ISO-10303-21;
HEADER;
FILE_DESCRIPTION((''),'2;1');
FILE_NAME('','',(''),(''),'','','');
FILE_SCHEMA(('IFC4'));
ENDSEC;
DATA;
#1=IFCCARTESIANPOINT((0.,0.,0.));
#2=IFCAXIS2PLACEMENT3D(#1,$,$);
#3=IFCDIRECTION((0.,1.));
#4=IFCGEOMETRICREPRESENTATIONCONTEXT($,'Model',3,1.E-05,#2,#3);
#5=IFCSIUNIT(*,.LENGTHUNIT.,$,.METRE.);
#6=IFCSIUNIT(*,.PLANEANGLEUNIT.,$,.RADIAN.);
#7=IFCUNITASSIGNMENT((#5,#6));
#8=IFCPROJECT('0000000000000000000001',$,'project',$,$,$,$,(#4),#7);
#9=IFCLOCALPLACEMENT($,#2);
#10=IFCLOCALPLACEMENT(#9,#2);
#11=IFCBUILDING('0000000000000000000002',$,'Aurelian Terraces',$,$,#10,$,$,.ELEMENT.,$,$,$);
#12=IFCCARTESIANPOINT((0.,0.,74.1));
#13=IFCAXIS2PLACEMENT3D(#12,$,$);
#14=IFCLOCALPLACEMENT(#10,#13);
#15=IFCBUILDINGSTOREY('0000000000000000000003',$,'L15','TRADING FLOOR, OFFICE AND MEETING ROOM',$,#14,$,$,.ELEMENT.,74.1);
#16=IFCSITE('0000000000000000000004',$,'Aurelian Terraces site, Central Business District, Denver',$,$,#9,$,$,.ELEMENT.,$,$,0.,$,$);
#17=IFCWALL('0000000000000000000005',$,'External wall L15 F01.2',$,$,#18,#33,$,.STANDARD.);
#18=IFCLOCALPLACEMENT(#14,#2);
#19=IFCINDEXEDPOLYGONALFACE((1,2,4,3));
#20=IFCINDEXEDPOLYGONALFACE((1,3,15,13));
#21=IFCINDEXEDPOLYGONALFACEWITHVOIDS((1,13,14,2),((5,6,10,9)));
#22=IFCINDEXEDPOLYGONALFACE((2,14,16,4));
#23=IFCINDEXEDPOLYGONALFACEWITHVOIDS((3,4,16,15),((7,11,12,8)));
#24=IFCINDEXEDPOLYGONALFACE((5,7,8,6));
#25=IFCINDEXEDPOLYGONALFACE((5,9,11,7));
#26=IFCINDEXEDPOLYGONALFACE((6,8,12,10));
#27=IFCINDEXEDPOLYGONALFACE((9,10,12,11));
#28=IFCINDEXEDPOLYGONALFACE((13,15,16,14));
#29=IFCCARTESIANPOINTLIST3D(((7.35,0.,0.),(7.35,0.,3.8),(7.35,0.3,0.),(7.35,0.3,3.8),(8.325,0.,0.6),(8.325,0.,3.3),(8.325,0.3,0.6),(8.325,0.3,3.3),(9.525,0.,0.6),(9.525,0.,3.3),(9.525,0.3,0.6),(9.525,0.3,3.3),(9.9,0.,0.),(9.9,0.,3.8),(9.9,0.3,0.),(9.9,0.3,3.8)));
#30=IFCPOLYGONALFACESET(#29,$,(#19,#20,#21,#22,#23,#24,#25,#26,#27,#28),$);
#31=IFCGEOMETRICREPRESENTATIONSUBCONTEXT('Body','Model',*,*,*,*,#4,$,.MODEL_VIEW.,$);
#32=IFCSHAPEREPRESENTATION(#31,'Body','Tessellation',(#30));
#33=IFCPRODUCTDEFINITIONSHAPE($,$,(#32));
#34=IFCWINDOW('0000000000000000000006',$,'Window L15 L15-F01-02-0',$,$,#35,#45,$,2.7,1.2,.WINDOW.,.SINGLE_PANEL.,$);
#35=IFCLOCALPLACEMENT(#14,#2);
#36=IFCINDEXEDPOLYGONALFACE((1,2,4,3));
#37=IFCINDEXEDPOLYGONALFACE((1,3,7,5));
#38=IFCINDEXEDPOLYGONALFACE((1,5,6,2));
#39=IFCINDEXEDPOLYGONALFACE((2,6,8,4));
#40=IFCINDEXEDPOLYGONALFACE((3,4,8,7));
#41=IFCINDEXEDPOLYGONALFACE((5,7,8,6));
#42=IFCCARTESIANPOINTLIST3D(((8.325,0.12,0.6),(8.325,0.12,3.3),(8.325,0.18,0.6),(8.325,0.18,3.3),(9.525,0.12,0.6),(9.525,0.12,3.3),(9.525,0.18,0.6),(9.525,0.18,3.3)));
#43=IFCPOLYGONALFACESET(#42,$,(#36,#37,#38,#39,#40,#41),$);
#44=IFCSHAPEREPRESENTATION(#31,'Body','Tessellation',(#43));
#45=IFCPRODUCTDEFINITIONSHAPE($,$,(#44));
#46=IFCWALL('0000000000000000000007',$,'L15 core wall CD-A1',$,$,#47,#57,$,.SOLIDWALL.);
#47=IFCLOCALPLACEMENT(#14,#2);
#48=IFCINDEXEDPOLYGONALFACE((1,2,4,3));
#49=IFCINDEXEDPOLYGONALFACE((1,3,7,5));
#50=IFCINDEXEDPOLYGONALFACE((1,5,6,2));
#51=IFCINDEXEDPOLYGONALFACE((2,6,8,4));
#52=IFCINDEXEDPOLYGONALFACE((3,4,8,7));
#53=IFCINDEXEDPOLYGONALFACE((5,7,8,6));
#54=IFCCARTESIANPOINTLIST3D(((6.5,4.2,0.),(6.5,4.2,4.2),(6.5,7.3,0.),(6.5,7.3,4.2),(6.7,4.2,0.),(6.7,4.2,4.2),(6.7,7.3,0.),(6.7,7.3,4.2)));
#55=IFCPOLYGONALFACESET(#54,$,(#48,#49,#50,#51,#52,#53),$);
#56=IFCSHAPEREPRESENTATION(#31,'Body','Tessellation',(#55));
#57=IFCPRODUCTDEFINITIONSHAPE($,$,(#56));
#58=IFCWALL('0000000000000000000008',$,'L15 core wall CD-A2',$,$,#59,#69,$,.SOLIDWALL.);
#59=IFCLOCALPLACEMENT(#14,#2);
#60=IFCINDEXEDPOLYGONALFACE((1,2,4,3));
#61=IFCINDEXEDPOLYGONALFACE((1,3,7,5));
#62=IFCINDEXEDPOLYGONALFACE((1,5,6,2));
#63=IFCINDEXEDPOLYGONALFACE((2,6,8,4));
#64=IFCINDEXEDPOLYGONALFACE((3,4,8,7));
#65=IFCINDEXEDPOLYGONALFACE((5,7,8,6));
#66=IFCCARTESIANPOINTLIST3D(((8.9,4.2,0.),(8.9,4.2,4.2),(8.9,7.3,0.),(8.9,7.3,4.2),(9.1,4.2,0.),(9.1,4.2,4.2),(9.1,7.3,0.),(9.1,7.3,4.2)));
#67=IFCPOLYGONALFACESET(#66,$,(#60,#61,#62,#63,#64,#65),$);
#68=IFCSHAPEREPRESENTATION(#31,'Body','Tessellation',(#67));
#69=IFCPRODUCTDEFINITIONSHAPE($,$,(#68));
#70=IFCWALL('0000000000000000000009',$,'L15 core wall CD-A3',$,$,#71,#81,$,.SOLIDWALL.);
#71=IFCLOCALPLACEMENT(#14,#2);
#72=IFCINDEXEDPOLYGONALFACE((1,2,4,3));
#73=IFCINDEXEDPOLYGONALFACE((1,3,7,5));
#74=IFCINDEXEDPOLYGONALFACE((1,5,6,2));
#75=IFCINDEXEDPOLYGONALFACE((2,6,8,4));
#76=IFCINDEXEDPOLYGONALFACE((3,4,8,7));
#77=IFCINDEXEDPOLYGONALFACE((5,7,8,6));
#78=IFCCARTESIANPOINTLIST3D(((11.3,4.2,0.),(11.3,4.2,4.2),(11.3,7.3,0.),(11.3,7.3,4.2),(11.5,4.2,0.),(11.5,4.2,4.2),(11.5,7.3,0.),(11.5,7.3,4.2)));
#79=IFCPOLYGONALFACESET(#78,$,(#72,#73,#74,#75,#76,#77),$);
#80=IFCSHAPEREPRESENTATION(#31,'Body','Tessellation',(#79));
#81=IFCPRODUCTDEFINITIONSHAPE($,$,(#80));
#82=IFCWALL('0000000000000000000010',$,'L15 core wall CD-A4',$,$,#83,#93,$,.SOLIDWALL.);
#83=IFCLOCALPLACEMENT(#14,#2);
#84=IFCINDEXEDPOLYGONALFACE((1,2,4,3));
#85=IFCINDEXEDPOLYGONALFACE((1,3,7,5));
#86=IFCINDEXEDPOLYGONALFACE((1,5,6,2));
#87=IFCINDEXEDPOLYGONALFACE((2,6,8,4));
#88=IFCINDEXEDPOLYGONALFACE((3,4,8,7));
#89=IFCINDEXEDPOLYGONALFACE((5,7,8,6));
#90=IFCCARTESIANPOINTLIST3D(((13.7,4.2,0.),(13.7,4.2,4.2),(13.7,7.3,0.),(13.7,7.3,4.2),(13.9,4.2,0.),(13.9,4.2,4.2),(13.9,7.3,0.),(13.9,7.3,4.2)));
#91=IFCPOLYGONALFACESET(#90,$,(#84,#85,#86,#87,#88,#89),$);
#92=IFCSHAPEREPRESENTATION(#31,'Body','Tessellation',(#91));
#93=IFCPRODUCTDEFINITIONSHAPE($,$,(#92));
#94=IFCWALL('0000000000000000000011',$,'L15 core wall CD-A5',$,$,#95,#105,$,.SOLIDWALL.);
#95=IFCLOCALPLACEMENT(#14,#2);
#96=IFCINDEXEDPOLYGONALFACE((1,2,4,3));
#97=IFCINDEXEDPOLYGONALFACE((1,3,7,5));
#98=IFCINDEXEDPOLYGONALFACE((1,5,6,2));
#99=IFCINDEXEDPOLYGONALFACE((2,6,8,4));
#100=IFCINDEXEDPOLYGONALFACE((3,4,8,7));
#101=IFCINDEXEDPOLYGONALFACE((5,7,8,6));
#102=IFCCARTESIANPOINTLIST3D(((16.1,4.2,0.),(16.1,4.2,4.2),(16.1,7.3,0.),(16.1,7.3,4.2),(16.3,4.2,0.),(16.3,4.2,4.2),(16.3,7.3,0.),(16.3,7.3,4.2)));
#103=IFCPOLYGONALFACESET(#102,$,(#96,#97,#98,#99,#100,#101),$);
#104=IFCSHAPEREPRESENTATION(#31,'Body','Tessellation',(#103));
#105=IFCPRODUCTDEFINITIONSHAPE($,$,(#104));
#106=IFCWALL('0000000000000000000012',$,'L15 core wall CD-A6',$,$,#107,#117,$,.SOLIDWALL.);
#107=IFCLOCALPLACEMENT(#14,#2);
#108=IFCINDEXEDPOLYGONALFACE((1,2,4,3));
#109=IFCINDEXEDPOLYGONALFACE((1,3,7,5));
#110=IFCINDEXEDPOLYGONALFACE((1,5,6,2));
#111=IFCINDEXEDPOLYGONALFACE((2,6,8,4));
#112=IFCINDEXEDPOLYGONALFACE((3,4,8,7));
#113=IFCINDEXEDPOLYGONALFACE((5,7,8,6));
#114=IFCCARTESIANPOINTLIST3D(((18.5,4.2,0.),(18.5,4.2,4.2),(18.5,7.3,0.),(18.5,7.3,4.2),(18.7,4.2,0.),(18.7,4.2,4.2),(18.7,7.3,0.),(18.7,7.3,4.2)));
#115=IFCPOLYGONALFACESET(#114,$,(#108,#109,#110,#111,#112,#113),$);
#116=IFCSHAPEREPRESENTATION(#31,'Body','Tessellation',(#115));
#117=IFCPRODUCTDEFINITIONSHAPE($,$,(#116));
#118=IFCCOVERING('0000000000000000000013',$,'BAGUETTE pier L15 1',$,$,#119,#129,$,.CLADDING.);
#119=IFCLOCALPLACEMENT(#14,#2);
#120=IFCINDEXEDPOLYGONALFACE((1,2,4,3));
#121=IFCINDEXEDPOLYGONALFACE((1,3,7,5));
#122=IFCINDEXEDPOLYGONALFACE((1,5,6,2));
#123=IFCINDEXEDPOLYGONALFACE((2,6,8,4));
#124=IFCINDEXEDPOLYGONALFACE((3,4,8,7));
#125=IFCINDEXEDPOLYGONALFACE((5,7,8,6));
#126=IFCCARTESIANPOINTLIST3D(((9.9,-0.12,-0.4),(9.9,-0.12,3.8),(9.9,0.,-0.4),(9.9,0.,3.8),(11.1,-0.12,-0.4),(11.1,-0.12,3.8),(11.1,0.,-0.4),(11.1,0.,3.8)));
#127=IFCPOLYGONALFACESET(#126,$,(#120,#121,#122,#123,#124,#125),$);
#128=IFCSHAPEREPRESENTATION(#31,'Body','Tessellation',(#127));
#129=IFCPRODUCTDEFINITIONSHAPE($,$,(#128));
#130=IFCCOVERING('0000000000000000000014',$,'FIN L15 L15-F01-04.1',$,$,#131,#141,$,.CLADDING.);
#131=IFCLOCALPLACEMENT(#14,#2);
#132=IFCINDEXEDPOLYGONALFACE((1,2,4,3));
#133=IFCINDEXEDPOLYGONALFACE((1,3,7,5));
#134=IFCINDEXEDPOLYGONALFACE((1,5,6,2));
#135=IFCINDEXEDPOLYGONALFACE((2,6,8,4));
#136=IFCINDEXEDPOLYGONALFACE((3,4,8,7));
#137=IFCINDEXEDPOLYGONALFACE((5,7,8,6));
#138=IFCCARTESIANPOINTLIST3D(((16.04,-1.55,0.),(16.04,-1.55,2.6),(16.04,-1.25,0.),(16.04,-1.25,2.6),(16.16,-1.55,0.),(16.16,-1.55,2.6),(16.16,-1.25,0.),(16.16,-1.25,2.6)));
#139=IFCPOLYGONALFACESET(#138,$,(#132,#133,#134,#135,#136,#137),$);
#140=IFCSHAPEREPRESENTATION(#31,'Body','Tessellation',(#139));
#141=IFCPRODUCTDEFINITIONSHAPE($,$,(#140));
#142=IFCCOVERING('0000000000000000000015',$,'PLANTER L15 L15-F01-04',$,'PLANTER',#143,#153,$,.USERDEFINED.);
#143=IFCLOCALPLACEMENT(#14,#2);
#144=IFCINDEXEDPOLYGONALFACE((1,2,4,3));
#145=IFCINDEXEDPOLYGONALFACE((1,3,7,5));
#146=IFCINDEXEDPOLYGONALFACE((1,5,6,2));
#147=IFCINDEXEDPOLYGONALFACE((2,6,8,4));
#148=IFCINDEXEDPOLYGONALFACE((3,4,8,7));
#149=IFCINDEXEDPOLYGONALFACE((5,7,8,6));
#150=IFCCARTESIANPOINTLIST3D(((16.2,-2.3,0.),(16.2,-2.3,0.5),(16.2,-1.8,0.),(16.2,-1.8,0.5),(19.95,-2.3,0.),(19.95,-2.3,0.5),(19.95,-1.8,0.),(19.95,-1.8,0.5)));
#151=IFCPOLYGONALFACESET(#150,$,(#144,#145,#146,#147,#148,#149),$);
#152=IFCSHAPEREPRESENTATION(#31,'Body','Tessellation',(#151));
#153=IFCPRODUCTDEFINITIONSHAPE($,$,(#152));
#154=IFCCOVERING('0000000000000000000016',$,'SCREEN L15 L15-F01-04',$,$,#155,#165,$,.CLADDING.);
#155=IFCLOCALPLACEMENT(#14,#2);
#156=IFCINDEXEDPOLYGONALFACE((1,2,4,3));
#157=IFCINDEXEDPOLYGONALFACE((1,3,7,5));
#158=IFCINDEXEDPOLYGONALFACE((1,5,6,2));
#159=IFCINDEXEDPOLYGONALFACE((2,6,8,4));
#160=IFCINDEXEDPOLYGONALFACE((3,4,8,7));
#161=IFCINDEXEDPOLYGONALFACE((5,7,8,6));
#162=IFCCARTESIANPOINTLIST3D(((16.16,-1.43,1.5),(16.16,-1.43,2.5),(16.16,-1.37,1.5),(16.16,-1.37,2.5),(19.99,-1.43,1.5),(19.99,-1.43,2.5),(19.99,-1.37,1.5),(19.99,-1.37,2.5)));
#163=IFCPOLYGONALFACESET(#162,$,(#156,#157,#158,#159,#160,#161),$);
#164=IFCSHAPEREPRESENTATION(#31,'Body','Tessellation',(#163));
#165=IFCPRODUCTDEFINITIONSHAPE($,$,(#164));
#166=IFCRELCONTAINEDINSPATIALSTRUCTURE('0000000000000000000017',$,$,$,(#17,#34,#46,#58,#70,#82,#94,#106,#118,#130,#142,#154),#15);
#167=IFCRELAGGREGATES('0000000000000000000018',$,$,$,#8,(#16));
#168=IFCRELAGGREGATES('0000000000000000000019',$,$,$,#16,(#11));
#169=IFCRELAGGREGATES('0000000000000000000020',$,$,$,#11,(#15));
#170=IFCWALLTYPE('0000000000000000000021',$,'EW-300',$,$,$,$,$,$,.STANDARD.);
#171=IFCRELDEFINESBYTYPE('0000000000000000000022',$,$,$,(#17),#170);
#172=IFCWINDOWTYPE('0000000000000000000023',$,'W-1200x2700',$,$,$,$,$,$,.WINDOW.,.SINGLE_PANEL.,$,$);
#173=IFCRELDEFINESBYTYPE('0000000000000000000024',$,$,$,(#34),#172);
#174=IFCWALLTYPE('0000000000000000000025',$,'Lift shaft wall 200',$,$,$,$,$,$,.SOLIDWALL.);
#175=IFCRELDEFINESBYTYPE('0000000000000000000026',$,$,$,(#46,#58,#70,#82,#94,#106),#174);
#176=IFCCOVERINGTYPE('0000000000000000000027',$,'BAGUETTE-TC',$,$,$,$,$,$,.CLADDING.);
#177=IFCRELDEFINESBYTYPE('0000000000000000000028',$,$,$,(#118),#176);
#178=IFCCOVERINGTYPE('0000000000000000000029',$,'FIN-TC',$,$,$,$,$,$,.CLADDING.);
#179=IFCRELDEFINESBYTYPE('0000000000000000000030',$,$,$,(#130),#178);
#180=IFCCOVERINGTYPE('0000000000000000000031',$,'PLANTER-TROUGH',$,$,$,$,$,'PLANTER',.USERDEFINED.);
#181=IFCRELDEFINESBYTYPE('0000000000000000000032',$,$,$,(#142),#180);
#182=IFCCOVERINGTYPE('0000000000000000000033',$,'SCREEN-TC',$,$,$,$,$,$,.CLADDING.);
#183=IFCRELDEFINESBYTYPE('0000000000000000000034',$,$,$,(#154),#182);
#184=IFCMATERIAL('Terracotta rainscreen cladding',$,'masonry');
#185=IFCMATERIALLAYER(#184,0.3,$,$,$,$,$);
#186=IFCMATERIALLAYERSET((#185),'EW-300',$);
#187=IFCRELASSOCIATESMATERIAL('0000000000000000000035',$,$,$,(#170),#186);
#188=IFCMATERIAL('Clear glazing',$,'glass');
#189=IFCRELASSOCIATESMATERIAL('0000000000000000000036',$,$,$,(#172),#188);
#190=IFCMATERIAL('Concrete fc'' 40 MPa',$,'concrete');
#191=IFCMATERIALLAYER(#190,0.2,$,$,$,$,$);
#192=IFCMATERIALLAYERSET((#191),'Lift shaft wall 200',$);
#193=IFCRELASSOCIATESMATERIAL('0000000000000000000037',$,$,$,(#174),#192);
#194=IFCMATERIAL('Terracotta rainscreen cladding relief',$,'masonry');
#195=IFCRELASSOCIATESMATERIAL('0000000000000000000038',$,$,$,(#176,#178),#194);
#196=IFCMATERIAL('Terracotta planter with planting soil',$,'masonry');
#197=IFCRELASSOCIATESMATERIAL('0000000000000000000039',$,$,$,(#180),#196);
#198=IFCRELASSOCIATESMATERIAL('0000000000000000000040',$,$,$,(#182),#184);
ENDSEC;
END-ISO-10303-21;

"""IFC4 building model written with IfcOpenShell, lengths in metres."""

from ifc_helpers import new_model, si_unit, direction, frame, frame_2d, origin, origin_2d, place, context, subcontext, project, spatial, rectangle, extrude, source, transform, mapped, material, layer, layer_set, type_object, element, fill, save


model = new_model("IFC4")

# Units and contexts
model_context = context("Model", 3, precision=1e-05, world=origin(), true_north=direction((0.0, 1.0)))
body_context = subcontext(model_context, "Body", "Model", "MODEL_VIEW")
ifc_project = project(units=[si_unit("LENGTHUNIT", "METRE"), si_unit("PLANEANGLEUNIT", "RADIAN")], contexts=[model_context])

# Site, building, storey
site_placement = place(None, origin())
site = spatial("IfcSite", under=ifc_project, at=site_placement, Name="Aurelian Terraces site, Central Business District, Denver", CompositionType="ELEMENT", RefElevation=0.0)
building_placement = place(site_placement, origin())
building = spatial("IfcBuilding", under=site, at=building_placement, Name="Aurelian Terraces", CompositionType="ELEMENT")
storey_placement = place(building_placement, frame((0.0, 0.0, 74.1)))
storey = spatial("IfcBuildingStorey", under=building, at=storey_placement, Name="L15", Description="TRADING FLOOR, OFFICE AND MEETING ROOM", CompositionType="ELEMENT", Elevation=74.1)

# Shared definitions
ifc_material_1 = material(Name="Terracotta rainscreen cladding", Category="masonry")
ifc_layer_1 = layer(ifc_material_1, 0.3)
ifc_layer_set_1 = layer_set([ifc_layer_1], Name="EW-300")
wall_type_1 = type_object("IfcWallType", Name="EW-300", PredefinedType="STANDARD", material=ifc_layer_set_1)
ifc_material_2 = material(Name="Clear glazing", Category="glass")

# Wall, opening, window
shared_shape_1 = source(origin(), body_context, "Body", "SweptSolid", [
    extrude(rectangle(XDim=1.2, YDim=2.7, at=frame_2d((0.6, 1.35))), frame((0.0, 0.16, 0.0), z_axis=(0.0, -1.0, 0.0), x_axis=(1.0, 0.0, 0.0)), (0.0, 0.0, 1.0), 0.32),
])
window_type_1 = type_object("IfcWindowType", Name="W-1200x2700", PartitioningType="SINGLE_PANEL", PredefinedType="WINDOW", material=ifc_material_2)
shared_shape_2 = source(origin(), body_context, "Body", "SweptSolid", [
    extrude(rectangle(XDim=1.2, YDim=2.7, at=frame_2d((0.6, 1.35))), frame((0.0, 0.03, 0.0), z_axis=(0.0, -1.0, 0.0), x_axis=(1.0, 0.0, 0.0)), (0.0, 0.0, 1.0), 0.06),
])
shared_shape_3 = source(origin(), body_context, "Body", "SweptSolid", [
    extrude(rectangle(XDim=2.55, YDim=0.3, at=frame_2d((1.275, 0.0))), origin(), (0.0, 0.0, 1.0), 3.8),
])
wall_1_placement = place(storey_placement, frame((7.35, 0.15, 0.0), z_axis=(0.0, 0.0, 1.0), x_axis=(1.0, 0.0, 0.0)))
wall_1 = element("IfcWall", 1, at=wall_1_placement, inside=storey, type_object=wall_type_1, Name="External wall L15 F01.2", PredefinedType="STANDARD", context=body_context, shape_type="MappedRepresentation", body=[
    mapped(shared_shape_3, transform((0.0, 0.0, 0.0), scale=1.0)),
])
opening_1_placement = place(wall_1_placement, frame((0.975, 0.0, 0.6)))
opening_1 = element("IfcOpeningElement", 2, at=opening_1_placement, cuts=wall_1, PredefinedType="OPENING", context=body_context, shape_type="MappedRepresentation", body=[
    mapped(shared_shape_1, transform((0.0, 0.0, 0.0), scale=1.0)),
])
window_1_placement = place(opening_1_placement, origin())
window_1 = element("IfcWindow", 3, at=window_1_placement, inside=storey, type_object=window_type_1, Name="Window L15 L15-F01-02-0", OverallHeight=2.7, OverallWidth=1.2, PartitioningType="SINGLE_PANEL", PredefinedType="WINDOW", context=body_context, shape_type="MappedRepresentation", body=[
    mapped(shared_shape_2, transform((0.0, 0.0, 0.0), scale=1.0)),
])
fill(opening_1, window_1)

# Walls
ifc_material_3 = material(Name="Concrete fc' 40 MPa", Category="concrete")
ifc_layer_2 = layer(ifc_material_3, 0.2)
ifc_layer_set_2 = layer_set([ifc_layer_2], Name="Lift shaft wall 200")
wall_type_2 = type_object("IfcWallType", Name="Lift shaft wall 200", PredefinedType="SOLIDWALL", material=ifc_layer_set_2)
shared_shape_4 = source(origin(), body_context, "Body", "SweptSolid", [
    extrude(rectangle(XDim=3.1, YDim=0.2, at=frame_2d((1.55, 0.0))), origin(), (0.0, 0.0, 1.0), 4.2),
])
for number, where, z_axis, x_axis, name in (
    (4, (6.6, 4.2, 0.0), (0.0, 0.0, 1.0), (0.0, 1.0, 0.0), "L15 core wall CD-A1"),
    (5, (9.0, 4.2, 0.0), (0.0, 0.0, 1.0), (0.0, 1.0, 0.0), "L15 core wall CD-A2"),
    (6, (11.4, 4.2, 0.0), (0.0, 0.0, 1.0), (0.0, 1.0, 0.0), "L15 core wall CD-A3"),
    (7, (13.8, 4.2, 0.0), (0.0, 0.0, 1.0), (0.0, 1.0, 0.0), "L15 core wall CD-A4"),
    (8, (16.2, 4.2, 0.0), (0.0, 0.0, 1.0), (0.0, 1.0, 0.0), "L15 core wall CD-A5"),
    (9, (18.6, 4.2, 0.0), (0.0, 0.0, 1.0), (0.0, 1.0, 0.0), "L15 core wall CD-A6"),
):
    element("IfcWall", number, at=place(storey_placement, frame(where, z_axis=z_axis, x_axis=x_axis)), inside=storey, type_object=wall_type_2, Name=name, PredefinedType="SOLIDWALL", context=body_context, shape_type="MappedRepresentation", body=[
        mapped(shared_shape_4, transform((0.0, 0.0, 0.0), scale=1.0)),
    ])

# Coverings
ifc_material_4 = material(Name="Terracotta rainscreen cladding relief", Category="masonry")
covering_type_1 = type_object("IfcCoveringType", Name="BAGUETTE-TC", PredefinedType="CLADDING", material=ifc_material_4)
shared_shape_5 = source(origin(), body_context, "Body", "SweptSolid", [
    extrude(rectangle(XDim=1.2, YDim=0.12, at=origin_2d()), origin(), (0.0, 0.0, 1.0), 4.2),
])
covering_1_placement = place(storey_placement, frame((10.5, -0.06, -0.4), z_axis=(0.0, 0.0, 1.0), x_axis=(1.0, 0.0, 0.0)))
element("IfcCovering", 10, at=covering_1_placement, inside=storey, type_object=covering_type_1, Name="BAGUETTE pier L15 1", PredefinedType="CLADDING", context=body_context, shape_type="MappedRepresentation", body=[
    mapped(shared_shape_5, transform((0.0, 0.0, 0.0), scale=1.0)),
])
covering_type_2 = type_object("IfcCoveringType", Name="FIN-TC", PredefinedType="CLADDING", material=ifc_material_4)
shared_shape_6 = source(origin(), body_context, "Body", "SweptSolid", [
    extrude(rectangle(XDim=0.12, YDim=0.3, at=origin_2d()), origin(), (0.0, 0.0, 1.0), 2.6),
])
covering_2_placement = place(storey_placement, frame((16.1, -1.4, 0.0), z_axis=(0.0, 0.0, 1.0), x_axis=(1.0, 0.0, 0.0)))
element("IfcCovering", 11, at=covering_2_placement, inside=storey, type_object=covering_type_2, Name="FIN L15 L15-F01-04.1", PredefinedType="CLADDING", context=body_context, shape_type="MappedRepresentation", body=[
    mapped(shared_shape_6, transform((0.0, 0.0, 0.0), scale=1.0)),
])

# Coverings
ifc_material_5 = material(Name="Terracotta planter with planting soil", Category="masonry")
covering_type_3 = type_object("IfcCoveringType", Name="PLANTER-TROUGH", ElementType="PLANTER", PredefinedType="USERDEFINED", material=ifc_material_5)
shared_shape_7 = source(origin(), body_context, "Body", "SweptSolid", [
    extrude(rectangle(XDim=3.75, YDim=0.5, at=origin_2d()), origin(), (0.0, 0.0, 1.0), 0.5),
])
covering_3_placement = place(storey_placement, frame((18.075, -2.05, 0.0), z_axis=(0.0, 0.0, 1.0), x_axis=(1.0, 0.0, 0.0)))
element("IfcCovering", 12, at=covering_3_placement, inside=storey, type_object=covering_type_3, Name="PLANTER L15 L15-F01-04", ObjectType="PLANTER", PredefinedType="USERDEFINED", context=body_context, shape_type="MappedRepresentation", body=[
    mapped(shared_shape_7, transform((0.0, 0.0, 0.0), scale=1.0)),
])
covering_type_4 = type_object("IfcCoveringType", Name="SCREEN-TC", PredefinedType="CLADDING", material=ifc_material_1)
shared_shape_8 = source(origin(), body_context, "Body", "SweptSolid", [
    extrude(rectangle(XDim=3.83, YDim=0.06, at=origin_2d()), origin(), (0.0, 0.0, 1.0), 1.0),
])
covering_4_placement = place(storey_placement, frame((18.075, -1.4, 1.5), z_axis=(0.0, 0.0, 1.0), x_axis=(1.0, 0.0, 0.0)))
element("IfcCovering", 13, at=covering_4_placement, inside=storey, type_object=covering_type_4, Name="SCREEN L15 L15-F01-04", PredefinedType="CLADDING", context=body_context, shape_type="MappedRepresentation", body=[
    mapped(shared_shape_8, transform((0.0, 0.0, 0.0), scale=1.0)),
])

save(model, "model.ifc")
